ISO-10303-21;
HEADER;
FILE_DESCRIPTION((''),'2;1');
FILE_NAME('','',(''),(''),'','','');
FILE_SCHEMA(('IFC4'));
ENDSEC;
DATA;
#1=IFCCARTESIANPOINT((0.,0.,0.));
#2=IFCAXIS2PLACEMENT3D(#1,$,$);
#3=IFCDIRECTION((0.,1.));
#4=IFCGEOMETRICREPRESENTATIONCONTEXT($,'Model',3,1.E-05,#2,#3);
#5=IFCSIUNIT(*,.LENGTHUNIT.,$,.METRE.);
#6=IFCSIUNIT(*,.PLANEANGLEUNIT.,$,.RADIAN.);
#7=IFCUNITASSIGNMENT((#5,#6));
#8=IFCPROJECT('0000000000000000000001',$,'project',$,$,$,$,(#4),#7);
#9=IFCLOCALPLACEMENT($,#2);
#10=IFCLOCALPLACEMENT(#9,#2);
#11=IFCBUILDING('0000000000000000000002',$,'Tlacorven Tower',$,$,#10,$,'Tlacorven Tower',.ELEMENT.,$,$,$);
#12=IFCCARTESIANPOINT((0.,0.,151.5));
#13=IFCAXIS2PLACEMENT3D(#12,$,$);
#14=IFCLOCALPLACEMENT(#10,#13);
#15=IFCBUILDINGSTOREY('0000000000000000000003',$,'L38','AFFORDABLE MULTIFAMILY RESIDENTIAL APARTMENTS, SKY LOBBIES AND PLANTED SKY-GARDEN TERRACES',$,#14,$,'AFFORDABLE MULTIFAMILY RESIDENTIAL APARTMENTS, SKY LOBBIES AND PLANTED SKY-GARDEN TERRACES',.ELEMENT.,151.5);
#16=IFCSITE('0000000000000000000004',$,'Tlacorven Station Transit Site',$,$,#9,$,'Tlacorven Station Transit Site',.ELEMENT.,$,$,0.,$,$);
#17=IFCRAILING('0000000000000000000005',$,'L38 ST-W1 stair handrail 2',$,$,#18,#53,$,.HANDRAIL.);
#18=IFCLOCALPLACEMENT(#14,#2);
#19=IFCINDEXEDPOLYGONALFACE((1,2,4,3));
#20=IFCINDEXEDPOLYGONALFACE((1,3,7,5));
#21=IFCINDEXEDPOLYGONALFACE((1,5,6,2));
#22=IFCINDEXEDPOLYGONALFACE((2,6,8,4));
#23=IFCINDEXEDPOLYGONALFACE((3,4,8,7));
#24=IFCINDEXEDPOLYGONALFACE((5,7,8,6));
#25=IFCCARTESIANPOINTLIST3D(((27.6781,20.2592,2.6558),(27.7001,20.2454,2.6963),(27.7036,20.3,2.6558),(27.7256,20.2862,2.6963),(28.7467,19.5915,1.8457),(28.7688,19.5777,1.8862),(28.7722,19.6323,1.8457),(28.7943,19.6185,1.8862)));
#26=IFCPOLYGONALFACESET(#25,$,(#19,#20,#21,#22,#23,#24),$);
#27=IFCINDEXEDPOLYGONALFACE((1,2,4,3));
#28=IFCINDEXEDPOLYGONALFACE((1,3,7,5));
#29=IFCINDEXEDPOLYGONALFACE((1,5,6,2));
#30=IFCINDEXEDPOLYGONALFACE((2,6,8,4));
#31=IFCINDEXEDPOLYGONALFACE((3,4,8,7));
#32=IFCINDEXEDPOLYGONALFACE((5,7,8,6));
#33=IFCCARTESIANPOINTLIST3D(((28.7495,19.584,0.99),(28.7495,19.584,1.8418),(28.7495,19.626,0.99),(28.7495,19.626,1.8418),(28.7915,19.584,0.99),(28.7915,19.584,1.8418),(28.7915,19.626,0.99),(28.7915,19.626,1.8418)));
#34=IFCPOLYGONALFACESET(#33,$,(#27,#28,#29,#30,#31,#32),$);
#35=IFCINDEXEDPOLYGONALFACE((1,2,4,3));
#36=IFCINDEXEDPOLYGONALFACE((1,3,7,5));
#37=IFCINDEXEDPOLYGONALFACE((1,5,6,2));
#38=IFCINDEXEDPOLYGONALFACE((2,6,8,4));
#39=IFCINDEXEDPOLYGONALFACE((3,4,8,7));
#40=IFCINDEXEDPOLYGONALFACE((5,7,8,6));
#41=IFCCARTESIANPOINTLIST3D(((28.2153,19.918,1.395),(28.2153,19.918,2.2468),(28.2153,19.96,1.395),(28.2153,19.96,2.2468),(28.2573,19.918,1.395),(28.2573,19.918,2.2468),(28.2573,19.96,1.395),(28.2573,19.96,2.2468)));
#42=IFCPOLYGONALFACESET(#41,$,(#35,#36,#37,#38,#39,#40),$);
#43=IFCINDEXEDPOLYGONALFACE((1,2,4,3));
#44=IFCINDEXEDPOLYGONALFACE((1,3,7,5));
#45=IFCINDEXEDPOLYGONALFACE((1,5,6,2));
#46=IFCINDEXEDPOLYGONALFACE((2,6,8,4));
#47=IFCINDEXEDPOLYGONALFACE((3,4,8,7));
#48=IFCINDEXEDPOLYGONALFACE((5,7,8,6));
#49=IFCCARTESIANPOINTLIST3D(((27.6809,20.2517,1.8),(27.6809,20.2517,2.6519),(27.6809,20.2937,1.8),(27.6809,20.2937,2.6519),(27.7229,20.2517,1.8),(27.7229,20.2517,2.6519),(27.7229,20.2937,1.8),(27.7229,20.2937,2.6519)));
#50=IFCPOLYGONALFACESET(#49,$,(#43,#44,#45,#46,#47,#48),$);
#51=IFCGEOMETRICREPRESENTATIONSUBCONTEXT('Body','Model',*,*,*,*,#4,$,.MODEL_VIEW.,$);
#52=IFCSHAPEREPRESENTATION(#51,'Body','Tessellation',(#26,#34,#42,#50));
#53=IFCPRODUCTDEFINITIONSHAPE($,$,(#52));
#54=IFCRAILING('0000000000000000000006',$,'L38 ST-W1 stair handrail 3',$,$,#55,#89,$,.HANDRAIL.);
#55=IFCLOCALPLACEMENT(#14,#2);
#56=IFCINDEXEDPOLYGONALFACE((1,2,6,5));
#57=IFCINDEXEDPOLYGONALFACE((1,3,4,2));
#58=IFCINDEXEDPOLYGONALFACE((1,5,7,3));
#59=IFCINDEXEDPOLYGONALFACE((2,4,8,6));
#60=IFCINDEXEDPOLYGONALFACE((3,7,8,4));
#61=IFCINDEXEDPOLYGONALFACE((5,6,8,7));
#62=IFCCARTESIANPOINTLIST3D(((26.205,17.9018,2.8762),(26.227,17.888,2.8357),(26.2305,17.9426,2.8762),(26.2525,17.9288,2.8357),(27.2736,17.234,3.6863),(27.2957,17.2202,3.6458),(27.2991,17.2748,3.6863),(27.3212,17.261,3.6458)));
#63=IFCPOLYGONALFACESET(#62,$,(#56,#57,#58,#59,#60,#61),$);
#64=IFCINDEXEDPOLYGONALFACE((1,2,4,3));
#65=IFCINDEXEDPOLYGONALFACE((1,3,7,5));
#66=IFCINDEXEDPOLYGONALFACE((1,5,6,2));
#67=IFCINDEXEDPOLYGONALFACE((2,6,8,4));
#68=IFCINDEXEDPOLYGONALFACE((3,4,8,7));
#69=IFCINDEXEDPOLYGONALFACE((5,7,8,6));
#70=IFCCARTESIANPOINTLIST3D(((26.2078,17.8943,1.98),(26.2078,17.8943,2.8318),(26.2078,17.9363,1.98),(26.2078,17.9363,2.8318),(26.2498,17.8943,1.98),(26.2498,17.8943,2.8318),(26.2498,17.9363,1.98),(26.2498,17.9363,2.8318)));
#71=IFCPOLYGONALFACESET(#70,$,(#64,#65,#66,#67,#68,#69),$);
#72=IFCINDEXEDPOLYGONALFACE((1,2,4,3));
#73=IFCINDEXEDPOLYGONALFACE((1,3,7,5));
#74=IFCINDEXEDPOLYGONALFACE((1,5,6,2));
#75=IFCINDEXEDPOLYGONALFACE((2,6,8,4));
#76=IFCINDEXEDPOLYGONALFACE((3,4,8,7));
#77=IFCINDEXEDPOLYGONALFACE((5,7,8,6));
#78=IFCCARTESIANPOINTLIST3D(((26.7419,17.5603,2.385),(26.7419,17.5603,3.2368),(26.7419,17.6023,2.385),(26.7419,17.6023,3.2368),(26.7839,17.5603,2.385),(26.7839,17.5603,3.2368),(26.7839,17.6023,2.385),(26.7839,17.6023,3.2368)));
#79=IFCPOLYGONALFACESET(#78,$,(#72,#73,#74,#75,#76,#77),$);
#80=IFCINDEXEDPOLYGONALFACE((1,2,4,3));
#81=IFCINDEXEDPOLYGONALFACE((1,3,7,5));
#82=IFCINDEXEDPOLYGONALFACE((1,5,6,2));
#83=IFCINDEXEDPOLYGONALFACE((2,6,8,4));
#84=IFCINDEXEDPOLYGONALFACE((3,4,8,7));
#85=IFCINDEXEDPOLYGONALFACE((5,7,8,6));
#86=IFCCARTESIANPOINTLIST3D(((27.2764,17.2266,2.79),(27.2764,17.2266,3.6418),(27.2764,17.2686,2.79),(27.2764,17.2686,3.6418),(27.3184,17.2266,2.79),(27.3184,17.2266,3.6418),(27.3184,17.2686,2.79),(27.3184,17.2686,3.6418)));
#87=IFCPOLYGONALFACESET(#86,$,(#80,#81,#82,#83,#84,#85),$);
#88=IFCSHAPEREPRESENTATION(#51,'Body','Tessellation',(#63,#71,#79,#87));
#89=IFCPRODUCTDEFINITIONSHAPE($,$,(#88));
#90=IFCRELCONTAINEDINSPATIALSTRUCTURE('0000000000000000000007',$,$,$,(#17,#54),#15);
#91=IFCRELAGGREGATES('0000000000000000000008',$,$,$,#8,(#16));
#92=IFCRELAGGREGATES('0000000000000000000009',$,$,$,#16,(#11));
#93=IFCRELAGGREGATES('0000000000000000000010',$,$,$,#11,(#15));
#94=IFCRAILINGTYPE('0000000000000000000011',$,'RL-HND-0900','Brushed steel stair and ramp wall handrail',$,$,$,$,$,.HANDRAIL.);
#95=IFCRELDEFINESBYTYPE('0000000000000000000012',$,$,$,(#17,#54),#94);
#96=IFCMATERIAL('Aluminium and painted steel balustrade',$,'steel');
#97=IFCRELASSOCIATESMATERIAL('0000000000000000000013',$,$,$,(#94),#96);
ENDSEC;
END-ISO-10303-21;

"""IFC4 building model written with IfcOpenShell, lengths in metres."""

from ifc_helpers import new_model, si_unit, direction, frame, origin, origin_2d, place, context, subcontext, project, spatial, rectangle, extrude, source, transform, mapped, material, type_object, element, save


model = new_model("IFC4")

# Units and contexts
model_context = context("Model", 3, precision=1e-05, world=origin(), true_north=direction((0.0, 1.0)))
body_context = subcontext(model_context, "Body", "Model", "MODEL_VIEW")
ifc_project = project(units=[si_unit("LENGTHUNIT", "METRE"), si_unit("PLANEANGLEUNIT", "RADIAN")], contexts=[model_context])

# Site, building, storey
site_placement = place(None, origin())
site = spatial("IfcSite", under=ifc_project, at=site_placement, Name="Tlacorven Station Transit Site", LongName="Tlacorven Station Transit Site", CompositionType="ELEMENT", RefElevation=0.0)
building_placement = place(site_placement, origin())
building = spatial("IfcBuilding", under=site, at=building_placement, Name="Tlacorven Tower", LongName="Tlacorven Tower", CompositionType="ELEMENT")
storey_placement = place(building_placement, frame((0.0, 0.0, 151.5)))
storey = spatial("IfcBuildingStorey", under=building, at=storey_placement, Name="L38", Description="AFFORDABLE MULTIFAMILY RESIDENTIAL APARTMENTS, SKY LOBBIES AND PLANTED SKY-GARDEN TERRACES", LongName="AFFORDABLE MULTIFAMILY RESIDENTIAL APARTMENTS, SKY LOBBIES AND PLANTED SKY-GARDEN TERRACES", CompositionType="ELEMENT", Elevation=151.5)

# Railings
ifc_material_1 = material(Name="Aluminium and painted steel balustrade", Category="steel")
railing_type_1 = type_object("IfcRailingType", Name="RL-HND-0900", Description="Brushed steel stair and ramp wall handrail", PredefinedType="HANDRAIL", material=ifc_material_1)
shared_shape_1 = source(origin(), body_context, "Body", "SweptSolid", [
    extrude(rectangle(XDim=0.0481, YDim=0.0481, at=origin_2d()), frame((0.0, 0.0, 0.876), z_axis=(-0.71336, 0.445748, 0.540765), x_axis=(-0.529912, -0.848053, 0.0)), (0.0, 0.0, 1.0), 1.498),
    extrude(rectangle(XDim=0.042, YDim=0.042, at=origin_2d()), origin(), (0.0, 0.0, 1.0), 0.8518),
    extrude(rectangle(XDim=0.042, YDim=0.042, at=origin_2d()), frame((-0.5342, 0.334, 0.405)), (0.0, 0.0, 1.0), 0.8518),
    extrude(rectangle(XDim=0.042, YDim=0.042, at=origin_2d()), frame((-1.0686, 0.6677, 0.8101)), (0.0, 0.0, 1.0), 0.8518),
])
railing_1_placement = place(storey_placement, frame((28.7705, 19.605, 0.99)))
element("IfcRailing", 1, at=railing_1_placement, inside=storey, type_object=railing_type_1, Name="L38 ST-W1 stair handrail 2", PredefinedType="HANDRAIL", context=body_context, shape_type="MappedRepresentation", body=[
    mapped(shared_shape_1, transform((0.0, 0.0, 0.0), scale=1.0)),
])
shared_shape_2 = source(origin(), body_context, "Body", "SweptSolid", [
    extrude(rectangle(XDim=0.0481, YDim=0.0481, at=origin_2d()), frame((0.0, 0.0, 0.876), z_axis=(0.71336, -0.445748, 0.540765), x_axis=(0.529912, 0.848053, 0.0)), (0.0, 0.0, 1.0), 1.498),
    extrude(rectangle(XDim=0.042, YDim=0.042, at=origin_2d()), origin(), (0.0, 0.0, 1.0), 0.8518),
    extrude(rectangle(XDim=0.042, YDim=0.042, at=origin_2d()), frame((0.5342, -0.334, 0.405)), (0.0, 0.0, 1.0), 0.8518),
    extrude(rectangle(XDim=0.042, YDim=0.042, at=origin_2d()), frame((1.0686, -0.6677, 0.8101)), (0.0, 0.0, 1.0), 0.8518),
])
railing_2_placement = place(storey_placement, frame((26.2288, 17.9153, 1.98)))
element("IfcRailing", 2, at=railing_2_placement, inside=storey, type_object=railing_type_1, Name="L38 ST-W1 stair handrail 3", PredefinedType="HANDRAIL", context=body_context, shape_type="MappedRepresentation", body=[
    mapped(shared_shape_2, transform((0.0, 0.0, 0.0), scale=1.0)),
])

save(model, "model.ifc")
